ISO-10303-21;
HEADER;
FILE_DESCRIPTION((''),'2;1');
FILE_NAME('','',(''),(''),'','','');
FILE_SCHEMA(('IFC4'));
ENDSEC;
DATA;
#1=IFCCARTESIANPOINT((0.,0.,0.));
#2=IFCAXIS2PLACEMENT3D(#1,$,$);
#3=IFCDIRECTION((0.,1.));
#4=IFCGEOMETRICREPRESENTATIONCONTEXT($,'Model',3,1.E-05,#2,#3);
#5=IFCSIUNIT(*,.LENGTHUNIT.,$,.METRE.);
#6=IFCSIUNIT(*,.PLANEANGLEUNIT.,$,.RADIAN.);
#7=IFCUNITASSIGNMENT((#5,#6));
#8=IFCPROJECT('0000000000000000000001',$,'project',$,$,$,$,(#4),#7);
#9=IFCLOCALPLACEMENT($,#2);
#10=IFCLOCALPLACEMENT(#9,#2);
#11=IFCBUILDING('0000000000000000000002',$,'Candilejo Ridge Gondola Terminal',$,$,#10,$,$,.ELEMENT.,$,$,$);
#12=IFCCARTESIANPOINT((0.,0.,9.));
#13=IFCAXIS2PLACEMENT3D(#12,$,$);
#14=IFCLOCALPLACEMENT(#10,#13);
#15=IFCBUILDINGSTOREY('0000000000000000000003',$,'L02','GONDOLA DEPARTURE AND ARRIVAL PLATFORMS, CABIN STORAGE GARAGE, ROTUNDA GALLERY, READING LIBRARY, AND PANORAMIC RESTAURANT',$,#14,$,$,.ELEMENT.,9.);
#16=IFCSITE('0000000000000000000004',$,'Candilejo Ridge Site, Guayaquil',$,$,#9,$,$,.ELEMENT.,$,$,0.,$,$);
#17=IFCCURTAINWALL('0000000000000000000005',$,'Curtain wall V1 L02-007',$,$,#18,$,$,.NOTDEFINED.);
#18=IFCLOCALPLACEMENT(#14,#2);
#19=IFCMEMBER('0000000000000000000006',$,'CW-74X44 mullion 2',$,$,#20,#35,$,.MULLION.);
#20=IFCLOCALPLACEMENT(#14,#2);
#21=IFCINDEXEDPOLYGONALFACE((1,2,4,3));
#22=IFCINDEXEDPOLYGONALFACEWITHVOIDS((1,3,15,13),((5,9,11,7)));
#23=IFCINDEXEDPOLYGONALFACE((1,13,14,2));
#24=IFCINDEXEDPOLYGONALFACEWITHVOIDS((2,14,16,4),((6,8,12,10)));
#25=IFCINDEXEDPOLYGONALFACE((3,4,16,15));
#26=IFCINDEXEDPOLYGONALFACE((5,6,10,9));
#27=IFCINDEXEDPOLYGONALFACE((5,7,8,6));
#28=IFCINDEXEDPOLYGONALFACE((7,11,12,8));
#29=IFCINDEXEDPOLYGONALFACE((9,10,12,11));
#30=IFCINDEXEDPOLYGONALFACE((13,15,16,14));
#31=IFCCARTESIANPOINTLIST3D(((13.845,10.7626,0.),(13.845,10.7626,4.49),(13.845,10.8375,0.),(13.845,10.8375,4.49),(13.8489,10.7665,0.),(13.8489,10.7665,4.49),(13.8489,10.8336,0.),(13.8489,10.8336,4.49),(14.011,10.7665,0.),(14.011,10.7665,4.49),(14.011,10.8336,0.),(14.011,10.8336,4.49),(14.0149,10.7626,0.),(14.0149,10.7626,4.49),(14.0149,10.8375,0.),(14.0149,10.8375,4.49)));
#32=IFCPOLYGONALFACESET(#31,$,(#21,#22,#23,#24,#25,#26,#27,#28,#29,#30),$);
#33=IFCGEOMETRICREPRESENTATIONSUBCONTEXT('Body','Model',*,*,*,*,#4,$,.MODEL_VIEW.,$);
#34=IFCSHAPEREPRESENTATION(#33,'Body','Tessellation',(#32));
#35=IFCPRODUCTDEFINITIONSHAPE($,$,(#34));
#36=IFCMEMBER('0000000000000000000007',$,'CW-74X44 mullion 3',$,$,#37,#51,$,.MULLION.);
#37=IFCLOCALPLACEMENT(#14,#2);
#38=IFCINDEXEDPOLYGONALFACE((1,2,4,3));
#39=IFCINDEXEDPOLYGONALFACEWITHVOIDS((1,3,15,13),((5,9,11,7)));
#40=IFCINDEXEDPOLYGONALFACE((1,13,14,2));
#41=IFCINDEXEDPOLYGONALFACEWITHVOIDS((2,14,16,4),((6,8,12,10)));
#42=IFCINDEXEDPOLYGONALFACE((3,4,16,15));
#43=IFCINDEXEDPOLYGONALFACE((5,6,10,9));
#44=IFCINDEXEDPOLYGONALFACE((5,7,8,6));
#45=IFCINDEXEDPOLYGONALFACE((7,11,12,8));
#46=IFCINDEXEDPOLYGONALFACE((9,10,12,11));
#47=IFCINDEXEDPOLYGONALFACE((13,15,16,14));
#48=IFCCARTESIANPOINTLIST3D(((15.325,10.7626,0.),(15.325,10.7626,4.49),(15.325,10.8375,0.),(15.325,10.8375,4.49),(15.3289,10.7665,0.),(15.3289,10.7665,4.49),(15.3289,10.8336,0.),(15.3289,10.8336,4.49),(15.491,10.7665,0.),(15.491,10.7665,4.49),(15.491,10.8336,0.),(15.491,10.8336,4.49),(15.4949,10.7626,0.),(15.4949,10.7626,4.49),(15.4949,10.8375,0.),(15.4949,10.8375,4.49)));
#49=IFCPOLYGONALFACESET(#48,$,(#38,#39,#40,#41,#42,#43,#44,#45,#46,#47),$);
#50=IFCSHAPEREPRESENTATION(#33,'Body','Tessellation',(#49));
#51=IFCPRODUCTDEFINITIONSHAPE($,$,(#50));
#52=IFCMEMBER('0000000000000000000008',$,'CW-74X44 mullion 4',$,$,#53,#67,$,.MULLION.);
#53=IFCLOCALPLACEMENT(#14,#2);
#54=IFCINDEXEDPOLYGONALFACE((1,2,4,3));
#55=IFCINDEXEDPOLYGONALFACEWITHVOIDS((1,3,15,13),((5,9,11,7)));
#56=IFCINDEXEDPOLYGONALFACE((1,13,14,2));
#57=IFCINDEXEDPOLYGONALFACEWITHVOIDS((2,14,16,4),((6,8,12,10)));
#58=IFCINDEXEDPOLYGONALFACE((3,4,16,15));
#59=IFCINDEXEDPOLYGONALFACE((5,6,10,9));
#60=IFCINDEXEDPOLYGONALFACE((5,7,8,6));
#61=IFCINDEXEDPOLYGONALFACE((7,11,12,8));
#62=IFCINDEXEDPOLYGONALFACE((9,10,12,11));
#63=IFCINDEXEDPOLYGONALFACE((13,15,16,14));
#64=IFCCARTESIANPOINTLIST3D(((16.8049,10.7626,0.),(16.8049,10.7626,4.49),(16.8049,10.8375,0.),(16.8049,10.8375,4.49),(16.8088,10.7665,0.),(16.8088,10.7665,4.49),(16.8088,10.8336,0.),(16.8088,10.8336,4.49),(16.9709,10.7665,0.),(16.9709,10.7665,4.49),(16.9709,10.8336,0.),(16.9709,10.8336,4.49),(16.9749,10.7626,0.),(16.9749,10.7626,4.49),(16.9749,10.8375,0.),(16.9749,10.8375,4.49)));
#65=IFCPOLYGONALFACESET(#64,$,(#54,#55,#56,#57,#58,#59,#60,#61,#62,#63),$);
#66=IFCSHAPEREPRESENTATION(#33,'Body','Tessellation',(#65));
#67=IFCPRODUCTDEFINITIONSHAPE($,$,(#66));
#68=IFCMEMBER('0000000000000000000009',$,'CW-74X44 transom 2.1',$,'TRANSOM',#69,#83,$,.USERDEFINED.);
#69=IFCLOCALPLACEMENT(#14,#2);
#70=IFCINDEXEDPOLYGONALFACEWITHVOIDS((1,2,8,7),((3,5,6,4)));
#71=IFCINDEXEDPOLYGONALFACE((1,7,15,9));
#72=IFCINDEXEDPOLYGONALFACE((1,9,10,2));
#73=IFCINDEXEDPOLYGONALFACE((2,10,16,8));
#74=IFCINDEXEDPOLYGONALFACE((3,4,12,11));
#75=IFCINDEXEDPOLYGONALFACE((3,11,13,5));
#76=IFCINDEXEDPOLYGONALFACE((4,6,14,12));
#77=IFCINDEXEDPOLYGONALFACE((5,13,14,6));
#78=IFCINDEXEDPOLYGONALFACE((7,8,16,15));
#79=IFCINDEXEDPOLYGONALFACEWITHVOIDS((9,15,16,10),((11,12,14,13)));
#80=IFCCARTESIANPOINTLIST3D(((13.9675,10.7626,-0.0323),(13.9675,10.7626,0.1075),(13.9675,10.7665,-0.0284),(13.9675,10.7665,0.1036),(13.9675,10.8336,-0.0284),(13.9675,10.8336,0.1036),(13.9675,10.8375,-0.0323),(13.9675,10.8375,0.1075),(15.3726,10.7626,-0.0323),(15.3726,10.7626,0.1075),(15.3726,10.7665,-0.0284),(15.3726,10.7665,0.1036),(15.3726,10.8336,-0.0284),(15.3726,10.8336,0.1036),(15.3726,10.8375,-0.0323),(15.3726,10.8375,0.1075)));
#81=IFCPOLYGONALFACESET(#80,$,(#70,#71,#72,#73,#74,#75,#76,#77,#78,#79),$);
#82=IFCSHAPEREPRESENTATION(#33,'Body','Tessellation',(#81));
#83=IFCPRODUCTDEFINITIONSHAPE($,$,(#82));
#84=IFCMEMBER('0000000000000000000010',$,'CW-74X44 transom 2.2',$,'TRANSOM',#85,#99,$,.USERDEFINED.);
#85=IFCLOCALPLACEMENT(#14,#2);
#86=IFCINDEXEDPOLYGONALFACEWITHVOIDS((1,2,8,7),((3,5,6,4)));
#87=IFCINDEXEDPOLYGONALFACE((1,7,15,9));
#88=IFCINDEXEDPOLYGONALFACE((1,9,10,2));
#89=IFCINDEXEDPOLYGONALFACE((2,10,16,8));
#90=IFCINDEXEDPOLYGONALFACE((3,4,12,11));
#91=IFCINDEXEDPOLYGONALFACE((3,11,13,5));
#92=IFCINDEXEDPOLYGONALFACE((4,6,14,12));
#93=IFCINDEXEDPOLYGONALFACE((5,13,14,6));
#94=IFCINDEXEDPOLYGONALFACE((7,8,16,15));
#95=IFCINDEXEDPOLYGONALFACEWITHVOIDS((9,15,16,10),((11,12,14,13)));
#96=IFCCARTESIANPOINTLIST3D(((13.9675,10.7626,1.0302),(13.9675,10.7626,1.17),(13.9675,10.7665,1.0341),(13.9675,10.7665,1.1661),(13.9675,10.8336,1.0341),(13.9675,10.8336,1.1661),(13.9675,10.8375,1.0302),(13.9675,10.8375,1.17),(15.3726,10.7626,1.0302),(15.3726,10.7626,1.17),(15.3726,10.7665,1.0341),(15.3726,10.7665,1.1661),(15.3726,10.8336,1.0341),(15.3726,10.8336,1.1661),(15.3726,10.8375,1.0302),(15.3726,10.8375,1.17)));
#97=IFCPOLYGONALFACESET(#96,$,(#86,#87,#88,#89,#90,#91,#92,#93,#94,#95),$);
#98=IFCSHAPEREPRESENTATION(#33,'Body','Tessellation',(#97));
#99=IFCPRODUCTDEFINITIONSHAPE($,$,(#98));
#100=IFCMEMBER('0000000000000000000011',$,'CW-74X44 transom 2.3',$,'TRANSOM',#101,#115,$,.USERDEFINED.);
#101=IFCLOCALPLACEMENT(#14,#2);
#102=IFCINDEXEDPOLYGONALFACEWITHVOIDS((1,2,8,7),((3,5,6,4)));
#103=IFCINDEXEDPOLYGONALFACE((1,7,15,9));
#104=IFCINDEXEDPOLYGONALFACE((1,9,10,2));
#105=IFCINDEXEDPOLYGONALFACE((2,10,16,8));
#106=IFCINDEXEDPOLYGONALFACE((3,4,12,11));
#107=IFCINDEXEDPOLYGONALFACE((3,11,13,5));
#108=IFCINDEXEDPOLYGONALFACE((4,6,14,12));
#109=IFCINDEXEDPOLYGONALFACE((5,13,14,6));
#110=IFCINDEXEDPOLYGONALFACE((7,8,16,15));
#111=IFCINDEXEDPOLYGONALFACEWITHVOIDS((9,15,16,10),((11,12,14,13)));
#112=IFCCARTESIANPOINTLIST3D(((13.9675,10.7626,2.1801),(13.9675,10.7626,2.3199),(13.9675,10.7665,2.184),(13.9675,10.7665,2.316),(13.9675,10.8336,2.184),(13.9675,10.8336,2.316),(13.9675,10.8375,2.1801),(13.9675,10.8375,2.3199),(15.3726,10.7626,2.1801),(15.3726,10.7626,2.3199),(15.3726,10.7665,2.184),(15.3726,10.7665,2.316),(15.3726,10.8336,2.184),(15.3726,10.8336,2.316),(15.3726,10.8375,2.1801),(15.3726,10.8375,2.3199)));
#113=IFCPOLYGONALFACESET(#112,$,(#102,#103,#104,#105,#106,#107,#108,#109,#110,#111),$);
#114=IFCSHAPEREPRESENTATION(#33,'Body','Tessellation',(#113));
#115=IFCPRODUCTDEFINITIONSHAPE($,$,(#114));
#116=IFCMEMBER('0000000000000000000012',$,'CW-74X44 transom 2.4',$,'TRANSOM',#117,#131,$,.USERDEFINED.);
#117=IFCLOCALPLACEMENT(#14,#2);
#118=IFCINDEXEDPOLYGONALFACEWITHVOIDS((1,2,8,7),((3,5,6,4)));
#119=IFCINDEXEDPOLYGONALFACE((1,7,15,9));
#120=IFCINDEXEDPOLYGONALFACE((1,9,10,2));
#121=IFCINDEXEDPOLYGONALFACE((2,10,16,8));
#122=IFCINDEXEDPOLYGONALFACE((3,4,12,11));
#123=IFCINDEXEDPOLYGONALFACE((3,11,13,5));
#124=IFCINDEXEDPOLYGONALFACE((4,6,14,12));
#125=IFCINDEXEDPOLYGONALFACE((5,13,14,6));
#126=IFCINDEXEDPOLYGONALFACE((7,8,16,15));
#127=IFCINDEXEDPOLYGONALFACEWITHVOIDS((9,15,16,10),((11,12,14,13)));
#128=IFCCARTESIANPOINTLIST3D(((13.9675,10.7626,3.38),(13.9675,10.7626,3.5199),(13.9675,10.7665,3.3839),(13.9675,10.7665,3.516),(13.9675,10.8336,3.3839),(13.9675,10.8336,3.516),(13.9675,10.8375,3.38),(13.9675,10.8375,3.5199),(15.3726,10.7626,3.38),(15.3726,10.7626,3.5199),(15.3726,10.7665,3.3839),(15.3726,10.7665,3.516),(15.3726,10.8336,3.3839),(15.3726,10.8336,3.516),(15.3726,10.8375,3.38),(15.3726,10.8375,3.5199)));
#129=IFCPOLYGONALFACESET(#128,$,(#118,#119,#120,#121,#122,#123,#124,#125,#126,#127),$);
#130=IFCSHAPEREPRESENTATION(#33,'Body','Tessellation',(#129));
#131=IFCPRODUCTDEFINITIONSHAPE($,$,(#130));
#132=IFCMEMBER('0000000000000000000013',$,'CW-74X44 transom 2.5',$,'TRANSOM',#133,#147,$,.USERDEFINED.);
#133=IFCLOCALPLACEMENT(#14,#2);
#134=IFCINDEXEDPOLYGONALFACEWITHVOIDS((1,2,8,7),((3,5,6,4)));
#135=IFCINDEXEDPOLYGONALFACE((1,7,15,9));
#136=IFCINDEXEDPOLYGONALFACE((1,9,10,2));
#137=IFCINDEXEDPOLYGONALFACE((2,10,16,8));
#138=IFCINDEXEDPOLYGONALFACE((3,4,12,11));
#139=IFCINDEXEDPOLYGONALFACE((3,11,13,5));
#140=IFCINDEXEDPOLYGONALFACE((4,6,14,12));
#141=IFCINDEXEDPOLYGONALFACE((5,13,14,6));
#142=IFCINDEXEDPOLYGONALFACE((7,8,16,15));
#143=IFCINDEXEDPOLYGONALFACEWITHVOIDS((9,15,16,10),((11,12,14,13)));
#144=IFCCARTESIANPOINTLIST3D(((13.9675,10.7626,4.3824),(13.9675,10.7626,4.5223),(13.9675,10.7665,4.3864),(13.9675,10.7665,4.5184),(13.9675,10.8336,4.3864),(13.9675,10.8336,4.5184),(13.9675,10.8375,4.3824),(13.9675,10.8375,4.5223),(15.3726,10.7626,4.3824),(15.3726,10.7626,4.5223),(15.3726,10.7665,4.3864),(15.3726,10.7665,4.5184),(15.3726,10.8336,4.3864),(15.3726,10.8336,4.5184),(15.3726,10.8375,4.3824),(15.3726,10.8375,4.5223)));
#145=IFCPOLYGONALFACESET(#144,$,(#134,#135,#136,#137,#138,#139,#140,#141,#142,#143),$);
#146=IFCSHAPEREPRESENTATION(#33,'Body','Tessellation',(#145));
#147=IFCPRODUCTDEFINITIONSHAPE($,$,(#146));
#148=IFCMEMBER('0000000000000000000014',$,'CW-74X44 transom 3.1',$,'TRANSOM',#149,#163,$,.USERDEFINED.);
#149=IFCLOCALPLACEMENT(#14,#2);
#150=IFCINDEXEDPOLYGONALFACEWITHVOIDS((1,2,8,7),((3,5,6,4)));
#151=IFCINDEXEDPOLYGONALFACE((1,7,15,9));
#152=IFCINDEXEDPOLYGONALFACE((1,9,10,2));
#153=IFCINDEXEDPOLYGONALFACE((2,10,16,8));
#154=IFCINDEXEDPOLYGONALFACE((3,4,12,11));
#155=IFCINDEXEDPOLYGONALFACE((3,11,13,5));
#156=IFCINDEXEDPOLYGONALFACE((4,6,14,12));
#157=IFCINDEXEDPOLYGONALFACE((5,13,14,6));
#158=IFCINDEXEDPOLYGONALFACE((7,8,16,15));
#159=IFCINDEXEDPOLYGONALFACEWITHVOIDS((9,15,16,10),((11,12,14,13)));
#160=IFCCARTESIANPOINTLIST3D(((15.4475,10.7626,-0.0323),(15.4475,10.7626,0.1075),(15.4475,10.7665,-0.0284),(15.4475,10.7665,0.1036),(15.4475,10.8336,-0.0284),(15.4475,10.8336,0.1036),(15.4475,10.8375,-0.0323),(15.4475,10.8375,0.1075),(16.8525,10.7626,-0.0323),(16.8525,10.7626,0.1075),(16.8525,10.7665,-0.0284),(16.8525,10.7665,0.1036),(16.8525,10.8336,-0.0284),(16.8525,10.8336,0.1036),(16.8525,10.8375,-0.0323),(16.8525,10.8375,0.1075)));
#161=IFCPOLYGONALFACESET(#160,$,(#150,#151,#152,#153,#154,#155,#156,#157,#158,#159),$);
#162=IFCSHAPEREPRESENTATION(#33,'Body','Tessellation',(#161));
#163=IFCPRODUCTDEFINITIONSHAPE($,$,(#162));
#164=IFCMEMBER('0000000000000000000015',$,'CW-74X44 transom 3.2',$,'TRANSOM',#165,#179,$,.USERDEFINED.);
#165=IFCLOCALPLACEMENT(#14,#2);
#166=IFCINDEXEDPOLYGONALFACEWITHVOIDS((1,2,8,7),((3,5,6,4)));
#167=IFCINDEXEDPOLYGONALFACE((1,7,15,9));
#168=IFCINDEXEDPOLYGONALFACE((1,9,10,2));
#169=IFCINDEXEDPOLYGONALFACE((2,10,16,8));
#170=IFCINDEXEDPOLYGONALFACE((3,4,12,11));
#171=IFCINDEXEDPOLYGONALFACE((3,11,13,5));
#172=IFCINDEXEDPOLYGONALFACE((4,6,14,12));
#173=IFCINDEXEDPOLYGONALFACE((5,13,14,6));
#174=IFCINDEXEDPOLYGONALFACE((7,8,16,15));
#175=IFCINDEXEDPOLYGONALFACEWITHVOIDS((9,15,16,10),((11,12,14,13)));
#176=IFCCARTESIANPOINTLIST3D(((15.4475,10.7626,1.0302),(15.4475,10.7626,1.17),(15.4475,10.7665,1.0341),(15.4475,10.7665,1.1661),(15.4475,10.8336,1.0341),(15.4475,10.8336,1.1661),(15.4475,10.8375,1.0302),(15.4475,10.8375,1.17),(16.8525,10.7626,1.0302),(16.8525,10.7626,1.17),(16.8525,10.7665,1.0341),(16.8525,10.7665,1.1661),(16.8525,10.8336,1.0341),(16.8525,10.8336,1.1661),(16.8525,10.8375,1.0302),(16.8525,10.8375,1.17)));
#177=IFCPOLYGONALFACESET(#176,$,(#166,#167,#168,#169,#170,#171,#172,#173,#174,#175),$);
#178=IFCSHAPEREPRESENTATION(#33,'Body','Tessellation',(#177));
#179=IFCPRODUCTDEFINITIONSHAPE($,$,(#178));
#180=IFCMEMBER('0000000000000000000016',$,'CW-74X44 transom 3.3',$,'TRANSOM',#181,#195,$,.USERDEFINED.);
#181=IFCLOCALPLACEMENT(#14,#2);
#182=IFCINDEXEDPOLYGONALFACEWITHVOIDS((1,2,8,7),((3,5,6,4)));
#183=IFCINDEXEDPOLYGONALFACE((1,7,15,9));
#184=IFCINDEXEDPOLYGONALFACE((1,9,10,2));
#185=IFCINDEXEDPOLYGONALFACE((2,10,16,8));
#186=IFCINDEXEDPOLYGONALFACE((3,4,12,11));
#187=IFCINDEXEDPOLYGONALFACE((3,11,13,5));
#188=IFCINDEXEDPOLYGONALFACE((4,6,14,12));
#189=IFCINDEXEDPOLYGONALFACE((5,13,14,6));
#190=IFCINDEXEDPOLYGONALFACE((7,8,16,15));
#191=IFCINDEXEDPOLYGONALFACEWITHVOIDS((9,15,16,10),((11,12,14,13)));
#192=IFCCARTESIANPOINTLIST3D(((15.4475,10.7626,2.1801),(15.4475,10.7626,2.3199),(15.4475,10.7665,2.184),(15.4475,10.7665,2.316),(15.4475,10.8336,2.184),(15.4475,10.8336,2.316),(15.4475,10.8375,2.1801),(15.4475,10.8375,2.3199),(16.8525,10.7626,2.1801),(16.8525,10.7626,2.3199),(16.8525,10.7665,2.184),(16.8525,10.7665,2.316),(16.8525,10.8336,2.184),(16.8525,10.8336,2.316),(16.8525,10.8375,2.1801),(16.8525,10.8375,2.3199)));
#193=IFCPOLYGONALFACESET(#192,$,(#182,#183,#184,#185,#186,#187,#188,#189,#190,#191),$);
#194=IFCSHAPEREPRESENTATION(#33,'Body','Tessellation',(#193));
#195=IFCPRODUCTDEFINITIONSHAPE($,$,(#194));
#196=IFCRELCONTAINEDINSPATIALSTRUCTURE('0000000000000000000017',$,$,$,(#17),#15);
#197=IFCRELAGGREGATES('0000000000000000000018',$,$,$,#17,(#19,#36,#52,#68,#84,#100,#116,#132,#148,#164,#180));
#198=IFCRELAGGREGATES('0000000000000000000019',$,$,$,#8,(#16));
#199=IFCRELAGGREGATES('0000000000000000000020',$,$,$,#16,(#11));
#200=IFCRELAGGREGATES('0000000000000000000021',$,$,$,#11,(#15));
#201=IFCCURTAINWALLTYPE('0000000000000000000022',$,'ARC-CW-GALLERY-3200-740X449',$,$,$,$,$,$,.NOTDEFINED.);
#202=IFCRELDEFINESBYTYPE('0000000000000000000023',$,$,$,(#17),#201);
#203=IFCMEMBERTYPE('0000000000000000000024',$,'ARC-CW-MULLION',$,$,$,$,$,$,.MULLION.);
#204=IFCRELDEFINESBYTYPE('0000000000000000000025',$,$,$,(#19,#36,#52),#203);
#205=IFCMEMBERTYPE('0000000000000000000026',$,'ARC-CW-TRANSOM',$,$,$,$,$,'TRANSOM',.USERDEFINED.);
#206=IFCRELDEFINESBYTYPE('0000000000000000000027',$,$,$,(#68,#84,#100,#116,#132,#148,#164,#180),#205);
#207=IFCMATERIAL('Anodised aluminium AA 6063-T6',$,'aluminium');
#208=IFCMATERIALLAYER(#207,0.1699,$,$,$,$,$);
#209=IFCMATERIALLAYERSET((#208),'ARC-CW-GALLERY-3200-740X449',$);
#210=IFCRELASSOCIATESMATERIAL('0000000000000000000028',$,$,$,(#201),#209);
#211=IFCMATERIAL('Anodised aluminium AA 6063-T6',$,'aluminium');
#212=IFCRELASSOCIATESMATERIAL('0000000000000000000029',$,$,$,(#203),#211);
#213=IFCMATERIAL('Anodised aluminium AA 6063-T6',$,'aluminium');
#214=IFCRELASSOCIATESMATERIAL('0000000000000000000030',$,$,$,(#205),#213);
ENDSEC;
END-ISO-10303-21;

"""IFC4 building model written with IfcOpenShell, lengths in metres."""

from ifc_helpers import new_model, si_unit, direction, frame, origin, origin_2d, place, context, subcontext, project, spatial, hollow_rectangle, extrude, material, layer, layer_set, material_profile, profile_set, type_object, element, aggregate, save


model = new_model("IFC4")

# Units and contexts
model_context = context("Model", 3, precision=1e-05, world=origin(), true_north=direction((0.0, 1.0)))
body_context = subcontext(model_context, "Body", "Model", "MODEL_VIEW")
ifc_project = project(units=[si_unit("LENGTHUNIT", "METRE"), si_unit("PLANEANGLEUNIT", "RADIAN")], contexts=[model_context])

# Site, building, storey
site_placement = place(None, origin())
site = spatial("IfcSite", under=ifc_project, at=site_placement, Name="Candilejo Ridge Site, Guayaquil", CompositionType="ELEMENT", RefElevation=0.0)
building_placement = place(site_placement, origin())
building = spatial("IfcBuilding", under=site, at=building_placement, Name="Candilejo Ridge Gondola Terminal", CompositionType="ELEMENT")
storey_placement = place(building_placement, frame((0.0, 0.0, 9.0)))
storey = spatial("IfcBuildingStorey", under=building, at=storey_placement, Name="L02", Description="GONDOLA DEPARTURE AND ARRIVAL PLATFORMS, CABIN STORAGE GARAGE, ROTUNDA GALLERY, READING LIBRARY, AND PANORAMIC RESTAURANT", CompositionType="ELEMENT", Elevation=9.0)

# Curtain wall, members
ifc_material_1 = material(Name="Anodised aluminium AA 6063-T6", Category="aluminium")
ifc_layer_1 = layer(ifc_material_1, 0.1699)
ifc_layer_set_1 = layer_set([ifc_layer_1], Name="ARC-CW-GALLERY-3200-740X449")
curtain_wall_type = type_object("IfcCurtainWallType", Name="ARC-CW-GALLERY-3200-740X449", PredefinedType="NOTDEFINED", material=ifc_layer_set_1)
curtain_wall_placement = place(storey_placement, origin())
curtain_wall = element("IfcCurtainWall", 1, at=curtain_wall_placement, inside=storey, type_object=curtain_wall_type, Name="Curtain wall V1 L02-007", PredefinedType="NOTDEFINED")
ifc_material_2 = material(Name="Anodised aluminium AA 6063-T6", Category="aluminium")
ifc_material_profile_1 = material_profile(ifc_material_2, hollow_rectangle(XDim=0.075, YDim=0.1699, WallThickness=0.0039, at=origin_2d()))
ifc_profile_set_1 = profile_set([ifc_material_profile_1], Name="Anodised aluminium AA 6063-T6")
member_type_1 = type_object("IfcMemberType", Name="ARC-CW-MULLION", PredefinedType="MULLION", material=ifc_profile_set_1)
member_1_placement = place(storey_placement, frame((13.9299, 10.8, 0.0), z_axis=(0.0, 0.0, 1.0), x_axis=(0.0, 1.0, 0.0)))
member_1 = element("IfcMember", 2, at=member_1_placement, type_object=member_type_1, Name="CW-74X44 mullion 2", PredefinedType="MULLION", context=body_context, shape_type="SweptSolid", body=[
    extrude(hollow_rectangle(XDim=0.075, YDim=0.1699, WallThickness=0.0039, at=origin_2d()), origin(), (0.0, 0.0, 1.0), 4.49),
])
member_2_placement = place(storey_placement, frame((15.4099, 10.8, 0.0), z_axis=(0.0, 0.0, 1.0), x_axis=(0.0, 1.0, 0.0)))
member_2 = element("IfcMember", 3, at=member_2_placement, type_object=member_type_1, Name="CW-74X44 mullion 3", PredefinedType="MULLION", context=body_context, shape_type="SweptSolid", body=[
    extrude(hollow_rectangle(XDim=0.075, YDim=0.1699, WallThickness=0.0039, at=origin_2d()), origin(), (0.0, 0.0, 1.0), 4.49),
])
member_3_placement = place(storey_placement, frame((16.8899, 10.8, 0.0), z_axis=(0.0, 0.0, 1.0), x_axis=(0.0, 1.0, 0.0)))
member_3 = element("IfcMember", 4, at=member_3_placement, type_object=member_type_1, Name="CW-74X44 mullion 4", PredefinedType="MULLION", context=body_context, shape_type="SweptSolid", body=[
    extrude(hollow_rectangle(XDim=0.075, YDim=0.1699, WallThickness=0.0039, at=origin_2d()), origin(), (0.0, 0.0, 1.0), 4.49),
])
ifc_material_3 = material(Name="Anodised aluminium AA 6063-T6", Category="aluminium")
ifc_material_profile_2 = material_profile(ifc_material_3, hollow_rectangle(XDim=0.075, YDim=0.1399, WallThickness=0.0039, at=origin_2d()))
ifc_profile_set_2 = profile_set([ifc_material_profile_2], Name="Anodised aluminium AA 6063-T6")
member_type_2 = type_object("IfcMemberType", Name="ARC-CW-TRANSOM", ElementType="TRANSOM", PredefinedType="USERDEFINED", material=ifc_profile_set_2)
member_4_placement = place(storey_placement, frame((13.9675, 10.8, 0.0376), z_axis=(1.0, 0.0, 0.0), x_axis=(0.0, 1.0, 0.0)))
member_4 = element("IfcMember", 5, at=member_4_placement, type_object=member_type_2, Name="CW-74X44 transom 2.1", ObjectType="TRANSOM", PredefinedType="USERDEFINED", context=body_context, shape_type="SweptSolid", body=[
    extrude(hollow_rectangle(XDim=0.075, YDim=0.1399, WallThickness=0.0039, at=origin_2d()), origin(), (0.0, 0.0, 1.0), 1.405),
])
member_5_placement = place(storey_placement, frame((13.9675, 10.8, 1.1001), z_axis=(1.0, 0.0, 0.0), x_axis=(0.0, 1.0, 0.0)))
member_5 = element("IfcMember", 6, at=member_5_placement, type_object=member_type_2, Name="CW-74X44 transom 2.2", ObjectType="TRANSOM", PredefinedType="USERDEFINED", context=body_context, shape_type="SweptSolid", body=[
    extrude(hollow_rectangle(XDim=0.075, YDim=0.1399, WallThickness=0.0039, at=origin_2d()), origin(), (0.0, 0.0, 1.0), 1.405),
])
member_6_placement = place(storey_placement, frame((13.9675, 10.8, 2.25), z_axis=(1.0, 0.0, 0.0), x_axis=(0.0, 1.0, 0.0)))
member_6 = element("IfcMember", 7, at=member_6_placement, type_object=member_type_2, Name="CW-74X44 transom 2.3", ObjectType="TRANSOM", PredefinedType="USERDEFINED", context=body_context, shape_type="SweptSolid", body=[
    extrude(hollow_rectangle(XDim=0.075, YDim=0.1399, WallThickness=0.0039, at=origin_2d()), origin(), (0.0, 0.0, 1.0), 1.405),
])
member_7_placement = place(storey_placement, frame((13.9675, 10.8, 3.45), z_axis=(1.0, 0.0, 0.0), x_axis=(0.0, 1.0, 0.0)))
member_7 = element("IfcMember", 8, at=member_7_placement, type_object=member_type_2, Name="CW-74X44 transom 2.4", ObjectType="TRANSOM", PredefinedType="USERDEFINED", context=body_context, shape_type="SweptSolid", body=[
    extrude(hollow_rectangle(XDim=0.075, YDim=0.1399, WallThickness=0.0039, at=origin_2d()), origin(), (0.0, 0.0, 1.0), 1.405),
])
member_8_placement = place(storey_placement, frame((13.9675, 10.8, 4.4524), z_axis=(1.0, 0.0, 0.0), x_axis=(0.0, 1.0, 0.0)))
member_8 = element("IfcMember", 9, at=member_8_placement, type_object=member_type_2, Name="CW-74X44 transom 2.5", ObjectType="TRANSOM", PredefinedType="USERDEFINED", context=body_context, shape_type="SweptSolid", body=[
    extrude(hollow_rectangle(XDim=0.075, YDim=0.1399, WallThickness=0.0039, at=origin_2d()), origin(), (0.0, 0.0, 1.0), 1.405),
])
member_9_placement = place(storey_placement, frame((15.4475, 10.8, 0.0376), z_axis=(1.0, 0.0, 0.0), x_axis=(0.0, 1.0, 0.0)))
member_9 = element("IfcMember", 10, at=member_9_placement, type_object=member_type_2, Name="CW-74X44 transom 3.1", ObjectType="TRANSOM", PredefinedType="USERDEFINED", context=body_context, shape_type="SweptSolid", body=[
    extrude(hollow_rectangle(XDim=0.075, YDim=0.1399, WallThickness=0.0039, at=origin_2d()), origin(), (0.0, 0.0, 1.0), 1.405),
])
member_10_placement = place(storey_placement, frame((15.4475, 10.8, 1.1001), z_axis=(1.0, 0.0, 0.0), x_axis=(0.0, 1.0, 0.0)))
member_10 = element("IfcMember", 11, at=member_10_placement, type_object=member_type_2, Name="CW-74X44 transom 3.2", ObjectType="TRANSOM", PredefinedType="USERDEFINED", context=body_context, shape_type="SweptSolid", body=[
    extrude(hollow_rectangle(XDim=0.075, YDim=0.1399, WallThickness=0.0039, at=origin_2d()), origin(), (0.0, 0.0, 1.0), 1.405),
])
member_11_placement = place(storey_placement, frame((15.4475, 10.8, 2.25), z_axis=(1.0, 0.0, 0.0), x_axis=(0.0, 1.0, 0.0)))
member_11 = element("IfcMember", 12, at=member_11_placement, type_object=member_type_2, Name="CW-74X44 transom 3.3", ObjectType="TRANSOM", PredefinedType="USERDEFINED", context=body_context, shape_type="SweptSolid", body=[
    extrude(hollow_rectangle(XDim=0.075, YDim=0.1399, WallThickness=0.0039, at=origin_2d()), origin(), (0.0, 0.0, 1.0), 1.405),
])
aggregate(curtain_wall, [member_1, member_2, member_3, member_4, member_5, member_6, member_7, member_8, member_9, member_10, member_11])

save(model, "model.ifc")
